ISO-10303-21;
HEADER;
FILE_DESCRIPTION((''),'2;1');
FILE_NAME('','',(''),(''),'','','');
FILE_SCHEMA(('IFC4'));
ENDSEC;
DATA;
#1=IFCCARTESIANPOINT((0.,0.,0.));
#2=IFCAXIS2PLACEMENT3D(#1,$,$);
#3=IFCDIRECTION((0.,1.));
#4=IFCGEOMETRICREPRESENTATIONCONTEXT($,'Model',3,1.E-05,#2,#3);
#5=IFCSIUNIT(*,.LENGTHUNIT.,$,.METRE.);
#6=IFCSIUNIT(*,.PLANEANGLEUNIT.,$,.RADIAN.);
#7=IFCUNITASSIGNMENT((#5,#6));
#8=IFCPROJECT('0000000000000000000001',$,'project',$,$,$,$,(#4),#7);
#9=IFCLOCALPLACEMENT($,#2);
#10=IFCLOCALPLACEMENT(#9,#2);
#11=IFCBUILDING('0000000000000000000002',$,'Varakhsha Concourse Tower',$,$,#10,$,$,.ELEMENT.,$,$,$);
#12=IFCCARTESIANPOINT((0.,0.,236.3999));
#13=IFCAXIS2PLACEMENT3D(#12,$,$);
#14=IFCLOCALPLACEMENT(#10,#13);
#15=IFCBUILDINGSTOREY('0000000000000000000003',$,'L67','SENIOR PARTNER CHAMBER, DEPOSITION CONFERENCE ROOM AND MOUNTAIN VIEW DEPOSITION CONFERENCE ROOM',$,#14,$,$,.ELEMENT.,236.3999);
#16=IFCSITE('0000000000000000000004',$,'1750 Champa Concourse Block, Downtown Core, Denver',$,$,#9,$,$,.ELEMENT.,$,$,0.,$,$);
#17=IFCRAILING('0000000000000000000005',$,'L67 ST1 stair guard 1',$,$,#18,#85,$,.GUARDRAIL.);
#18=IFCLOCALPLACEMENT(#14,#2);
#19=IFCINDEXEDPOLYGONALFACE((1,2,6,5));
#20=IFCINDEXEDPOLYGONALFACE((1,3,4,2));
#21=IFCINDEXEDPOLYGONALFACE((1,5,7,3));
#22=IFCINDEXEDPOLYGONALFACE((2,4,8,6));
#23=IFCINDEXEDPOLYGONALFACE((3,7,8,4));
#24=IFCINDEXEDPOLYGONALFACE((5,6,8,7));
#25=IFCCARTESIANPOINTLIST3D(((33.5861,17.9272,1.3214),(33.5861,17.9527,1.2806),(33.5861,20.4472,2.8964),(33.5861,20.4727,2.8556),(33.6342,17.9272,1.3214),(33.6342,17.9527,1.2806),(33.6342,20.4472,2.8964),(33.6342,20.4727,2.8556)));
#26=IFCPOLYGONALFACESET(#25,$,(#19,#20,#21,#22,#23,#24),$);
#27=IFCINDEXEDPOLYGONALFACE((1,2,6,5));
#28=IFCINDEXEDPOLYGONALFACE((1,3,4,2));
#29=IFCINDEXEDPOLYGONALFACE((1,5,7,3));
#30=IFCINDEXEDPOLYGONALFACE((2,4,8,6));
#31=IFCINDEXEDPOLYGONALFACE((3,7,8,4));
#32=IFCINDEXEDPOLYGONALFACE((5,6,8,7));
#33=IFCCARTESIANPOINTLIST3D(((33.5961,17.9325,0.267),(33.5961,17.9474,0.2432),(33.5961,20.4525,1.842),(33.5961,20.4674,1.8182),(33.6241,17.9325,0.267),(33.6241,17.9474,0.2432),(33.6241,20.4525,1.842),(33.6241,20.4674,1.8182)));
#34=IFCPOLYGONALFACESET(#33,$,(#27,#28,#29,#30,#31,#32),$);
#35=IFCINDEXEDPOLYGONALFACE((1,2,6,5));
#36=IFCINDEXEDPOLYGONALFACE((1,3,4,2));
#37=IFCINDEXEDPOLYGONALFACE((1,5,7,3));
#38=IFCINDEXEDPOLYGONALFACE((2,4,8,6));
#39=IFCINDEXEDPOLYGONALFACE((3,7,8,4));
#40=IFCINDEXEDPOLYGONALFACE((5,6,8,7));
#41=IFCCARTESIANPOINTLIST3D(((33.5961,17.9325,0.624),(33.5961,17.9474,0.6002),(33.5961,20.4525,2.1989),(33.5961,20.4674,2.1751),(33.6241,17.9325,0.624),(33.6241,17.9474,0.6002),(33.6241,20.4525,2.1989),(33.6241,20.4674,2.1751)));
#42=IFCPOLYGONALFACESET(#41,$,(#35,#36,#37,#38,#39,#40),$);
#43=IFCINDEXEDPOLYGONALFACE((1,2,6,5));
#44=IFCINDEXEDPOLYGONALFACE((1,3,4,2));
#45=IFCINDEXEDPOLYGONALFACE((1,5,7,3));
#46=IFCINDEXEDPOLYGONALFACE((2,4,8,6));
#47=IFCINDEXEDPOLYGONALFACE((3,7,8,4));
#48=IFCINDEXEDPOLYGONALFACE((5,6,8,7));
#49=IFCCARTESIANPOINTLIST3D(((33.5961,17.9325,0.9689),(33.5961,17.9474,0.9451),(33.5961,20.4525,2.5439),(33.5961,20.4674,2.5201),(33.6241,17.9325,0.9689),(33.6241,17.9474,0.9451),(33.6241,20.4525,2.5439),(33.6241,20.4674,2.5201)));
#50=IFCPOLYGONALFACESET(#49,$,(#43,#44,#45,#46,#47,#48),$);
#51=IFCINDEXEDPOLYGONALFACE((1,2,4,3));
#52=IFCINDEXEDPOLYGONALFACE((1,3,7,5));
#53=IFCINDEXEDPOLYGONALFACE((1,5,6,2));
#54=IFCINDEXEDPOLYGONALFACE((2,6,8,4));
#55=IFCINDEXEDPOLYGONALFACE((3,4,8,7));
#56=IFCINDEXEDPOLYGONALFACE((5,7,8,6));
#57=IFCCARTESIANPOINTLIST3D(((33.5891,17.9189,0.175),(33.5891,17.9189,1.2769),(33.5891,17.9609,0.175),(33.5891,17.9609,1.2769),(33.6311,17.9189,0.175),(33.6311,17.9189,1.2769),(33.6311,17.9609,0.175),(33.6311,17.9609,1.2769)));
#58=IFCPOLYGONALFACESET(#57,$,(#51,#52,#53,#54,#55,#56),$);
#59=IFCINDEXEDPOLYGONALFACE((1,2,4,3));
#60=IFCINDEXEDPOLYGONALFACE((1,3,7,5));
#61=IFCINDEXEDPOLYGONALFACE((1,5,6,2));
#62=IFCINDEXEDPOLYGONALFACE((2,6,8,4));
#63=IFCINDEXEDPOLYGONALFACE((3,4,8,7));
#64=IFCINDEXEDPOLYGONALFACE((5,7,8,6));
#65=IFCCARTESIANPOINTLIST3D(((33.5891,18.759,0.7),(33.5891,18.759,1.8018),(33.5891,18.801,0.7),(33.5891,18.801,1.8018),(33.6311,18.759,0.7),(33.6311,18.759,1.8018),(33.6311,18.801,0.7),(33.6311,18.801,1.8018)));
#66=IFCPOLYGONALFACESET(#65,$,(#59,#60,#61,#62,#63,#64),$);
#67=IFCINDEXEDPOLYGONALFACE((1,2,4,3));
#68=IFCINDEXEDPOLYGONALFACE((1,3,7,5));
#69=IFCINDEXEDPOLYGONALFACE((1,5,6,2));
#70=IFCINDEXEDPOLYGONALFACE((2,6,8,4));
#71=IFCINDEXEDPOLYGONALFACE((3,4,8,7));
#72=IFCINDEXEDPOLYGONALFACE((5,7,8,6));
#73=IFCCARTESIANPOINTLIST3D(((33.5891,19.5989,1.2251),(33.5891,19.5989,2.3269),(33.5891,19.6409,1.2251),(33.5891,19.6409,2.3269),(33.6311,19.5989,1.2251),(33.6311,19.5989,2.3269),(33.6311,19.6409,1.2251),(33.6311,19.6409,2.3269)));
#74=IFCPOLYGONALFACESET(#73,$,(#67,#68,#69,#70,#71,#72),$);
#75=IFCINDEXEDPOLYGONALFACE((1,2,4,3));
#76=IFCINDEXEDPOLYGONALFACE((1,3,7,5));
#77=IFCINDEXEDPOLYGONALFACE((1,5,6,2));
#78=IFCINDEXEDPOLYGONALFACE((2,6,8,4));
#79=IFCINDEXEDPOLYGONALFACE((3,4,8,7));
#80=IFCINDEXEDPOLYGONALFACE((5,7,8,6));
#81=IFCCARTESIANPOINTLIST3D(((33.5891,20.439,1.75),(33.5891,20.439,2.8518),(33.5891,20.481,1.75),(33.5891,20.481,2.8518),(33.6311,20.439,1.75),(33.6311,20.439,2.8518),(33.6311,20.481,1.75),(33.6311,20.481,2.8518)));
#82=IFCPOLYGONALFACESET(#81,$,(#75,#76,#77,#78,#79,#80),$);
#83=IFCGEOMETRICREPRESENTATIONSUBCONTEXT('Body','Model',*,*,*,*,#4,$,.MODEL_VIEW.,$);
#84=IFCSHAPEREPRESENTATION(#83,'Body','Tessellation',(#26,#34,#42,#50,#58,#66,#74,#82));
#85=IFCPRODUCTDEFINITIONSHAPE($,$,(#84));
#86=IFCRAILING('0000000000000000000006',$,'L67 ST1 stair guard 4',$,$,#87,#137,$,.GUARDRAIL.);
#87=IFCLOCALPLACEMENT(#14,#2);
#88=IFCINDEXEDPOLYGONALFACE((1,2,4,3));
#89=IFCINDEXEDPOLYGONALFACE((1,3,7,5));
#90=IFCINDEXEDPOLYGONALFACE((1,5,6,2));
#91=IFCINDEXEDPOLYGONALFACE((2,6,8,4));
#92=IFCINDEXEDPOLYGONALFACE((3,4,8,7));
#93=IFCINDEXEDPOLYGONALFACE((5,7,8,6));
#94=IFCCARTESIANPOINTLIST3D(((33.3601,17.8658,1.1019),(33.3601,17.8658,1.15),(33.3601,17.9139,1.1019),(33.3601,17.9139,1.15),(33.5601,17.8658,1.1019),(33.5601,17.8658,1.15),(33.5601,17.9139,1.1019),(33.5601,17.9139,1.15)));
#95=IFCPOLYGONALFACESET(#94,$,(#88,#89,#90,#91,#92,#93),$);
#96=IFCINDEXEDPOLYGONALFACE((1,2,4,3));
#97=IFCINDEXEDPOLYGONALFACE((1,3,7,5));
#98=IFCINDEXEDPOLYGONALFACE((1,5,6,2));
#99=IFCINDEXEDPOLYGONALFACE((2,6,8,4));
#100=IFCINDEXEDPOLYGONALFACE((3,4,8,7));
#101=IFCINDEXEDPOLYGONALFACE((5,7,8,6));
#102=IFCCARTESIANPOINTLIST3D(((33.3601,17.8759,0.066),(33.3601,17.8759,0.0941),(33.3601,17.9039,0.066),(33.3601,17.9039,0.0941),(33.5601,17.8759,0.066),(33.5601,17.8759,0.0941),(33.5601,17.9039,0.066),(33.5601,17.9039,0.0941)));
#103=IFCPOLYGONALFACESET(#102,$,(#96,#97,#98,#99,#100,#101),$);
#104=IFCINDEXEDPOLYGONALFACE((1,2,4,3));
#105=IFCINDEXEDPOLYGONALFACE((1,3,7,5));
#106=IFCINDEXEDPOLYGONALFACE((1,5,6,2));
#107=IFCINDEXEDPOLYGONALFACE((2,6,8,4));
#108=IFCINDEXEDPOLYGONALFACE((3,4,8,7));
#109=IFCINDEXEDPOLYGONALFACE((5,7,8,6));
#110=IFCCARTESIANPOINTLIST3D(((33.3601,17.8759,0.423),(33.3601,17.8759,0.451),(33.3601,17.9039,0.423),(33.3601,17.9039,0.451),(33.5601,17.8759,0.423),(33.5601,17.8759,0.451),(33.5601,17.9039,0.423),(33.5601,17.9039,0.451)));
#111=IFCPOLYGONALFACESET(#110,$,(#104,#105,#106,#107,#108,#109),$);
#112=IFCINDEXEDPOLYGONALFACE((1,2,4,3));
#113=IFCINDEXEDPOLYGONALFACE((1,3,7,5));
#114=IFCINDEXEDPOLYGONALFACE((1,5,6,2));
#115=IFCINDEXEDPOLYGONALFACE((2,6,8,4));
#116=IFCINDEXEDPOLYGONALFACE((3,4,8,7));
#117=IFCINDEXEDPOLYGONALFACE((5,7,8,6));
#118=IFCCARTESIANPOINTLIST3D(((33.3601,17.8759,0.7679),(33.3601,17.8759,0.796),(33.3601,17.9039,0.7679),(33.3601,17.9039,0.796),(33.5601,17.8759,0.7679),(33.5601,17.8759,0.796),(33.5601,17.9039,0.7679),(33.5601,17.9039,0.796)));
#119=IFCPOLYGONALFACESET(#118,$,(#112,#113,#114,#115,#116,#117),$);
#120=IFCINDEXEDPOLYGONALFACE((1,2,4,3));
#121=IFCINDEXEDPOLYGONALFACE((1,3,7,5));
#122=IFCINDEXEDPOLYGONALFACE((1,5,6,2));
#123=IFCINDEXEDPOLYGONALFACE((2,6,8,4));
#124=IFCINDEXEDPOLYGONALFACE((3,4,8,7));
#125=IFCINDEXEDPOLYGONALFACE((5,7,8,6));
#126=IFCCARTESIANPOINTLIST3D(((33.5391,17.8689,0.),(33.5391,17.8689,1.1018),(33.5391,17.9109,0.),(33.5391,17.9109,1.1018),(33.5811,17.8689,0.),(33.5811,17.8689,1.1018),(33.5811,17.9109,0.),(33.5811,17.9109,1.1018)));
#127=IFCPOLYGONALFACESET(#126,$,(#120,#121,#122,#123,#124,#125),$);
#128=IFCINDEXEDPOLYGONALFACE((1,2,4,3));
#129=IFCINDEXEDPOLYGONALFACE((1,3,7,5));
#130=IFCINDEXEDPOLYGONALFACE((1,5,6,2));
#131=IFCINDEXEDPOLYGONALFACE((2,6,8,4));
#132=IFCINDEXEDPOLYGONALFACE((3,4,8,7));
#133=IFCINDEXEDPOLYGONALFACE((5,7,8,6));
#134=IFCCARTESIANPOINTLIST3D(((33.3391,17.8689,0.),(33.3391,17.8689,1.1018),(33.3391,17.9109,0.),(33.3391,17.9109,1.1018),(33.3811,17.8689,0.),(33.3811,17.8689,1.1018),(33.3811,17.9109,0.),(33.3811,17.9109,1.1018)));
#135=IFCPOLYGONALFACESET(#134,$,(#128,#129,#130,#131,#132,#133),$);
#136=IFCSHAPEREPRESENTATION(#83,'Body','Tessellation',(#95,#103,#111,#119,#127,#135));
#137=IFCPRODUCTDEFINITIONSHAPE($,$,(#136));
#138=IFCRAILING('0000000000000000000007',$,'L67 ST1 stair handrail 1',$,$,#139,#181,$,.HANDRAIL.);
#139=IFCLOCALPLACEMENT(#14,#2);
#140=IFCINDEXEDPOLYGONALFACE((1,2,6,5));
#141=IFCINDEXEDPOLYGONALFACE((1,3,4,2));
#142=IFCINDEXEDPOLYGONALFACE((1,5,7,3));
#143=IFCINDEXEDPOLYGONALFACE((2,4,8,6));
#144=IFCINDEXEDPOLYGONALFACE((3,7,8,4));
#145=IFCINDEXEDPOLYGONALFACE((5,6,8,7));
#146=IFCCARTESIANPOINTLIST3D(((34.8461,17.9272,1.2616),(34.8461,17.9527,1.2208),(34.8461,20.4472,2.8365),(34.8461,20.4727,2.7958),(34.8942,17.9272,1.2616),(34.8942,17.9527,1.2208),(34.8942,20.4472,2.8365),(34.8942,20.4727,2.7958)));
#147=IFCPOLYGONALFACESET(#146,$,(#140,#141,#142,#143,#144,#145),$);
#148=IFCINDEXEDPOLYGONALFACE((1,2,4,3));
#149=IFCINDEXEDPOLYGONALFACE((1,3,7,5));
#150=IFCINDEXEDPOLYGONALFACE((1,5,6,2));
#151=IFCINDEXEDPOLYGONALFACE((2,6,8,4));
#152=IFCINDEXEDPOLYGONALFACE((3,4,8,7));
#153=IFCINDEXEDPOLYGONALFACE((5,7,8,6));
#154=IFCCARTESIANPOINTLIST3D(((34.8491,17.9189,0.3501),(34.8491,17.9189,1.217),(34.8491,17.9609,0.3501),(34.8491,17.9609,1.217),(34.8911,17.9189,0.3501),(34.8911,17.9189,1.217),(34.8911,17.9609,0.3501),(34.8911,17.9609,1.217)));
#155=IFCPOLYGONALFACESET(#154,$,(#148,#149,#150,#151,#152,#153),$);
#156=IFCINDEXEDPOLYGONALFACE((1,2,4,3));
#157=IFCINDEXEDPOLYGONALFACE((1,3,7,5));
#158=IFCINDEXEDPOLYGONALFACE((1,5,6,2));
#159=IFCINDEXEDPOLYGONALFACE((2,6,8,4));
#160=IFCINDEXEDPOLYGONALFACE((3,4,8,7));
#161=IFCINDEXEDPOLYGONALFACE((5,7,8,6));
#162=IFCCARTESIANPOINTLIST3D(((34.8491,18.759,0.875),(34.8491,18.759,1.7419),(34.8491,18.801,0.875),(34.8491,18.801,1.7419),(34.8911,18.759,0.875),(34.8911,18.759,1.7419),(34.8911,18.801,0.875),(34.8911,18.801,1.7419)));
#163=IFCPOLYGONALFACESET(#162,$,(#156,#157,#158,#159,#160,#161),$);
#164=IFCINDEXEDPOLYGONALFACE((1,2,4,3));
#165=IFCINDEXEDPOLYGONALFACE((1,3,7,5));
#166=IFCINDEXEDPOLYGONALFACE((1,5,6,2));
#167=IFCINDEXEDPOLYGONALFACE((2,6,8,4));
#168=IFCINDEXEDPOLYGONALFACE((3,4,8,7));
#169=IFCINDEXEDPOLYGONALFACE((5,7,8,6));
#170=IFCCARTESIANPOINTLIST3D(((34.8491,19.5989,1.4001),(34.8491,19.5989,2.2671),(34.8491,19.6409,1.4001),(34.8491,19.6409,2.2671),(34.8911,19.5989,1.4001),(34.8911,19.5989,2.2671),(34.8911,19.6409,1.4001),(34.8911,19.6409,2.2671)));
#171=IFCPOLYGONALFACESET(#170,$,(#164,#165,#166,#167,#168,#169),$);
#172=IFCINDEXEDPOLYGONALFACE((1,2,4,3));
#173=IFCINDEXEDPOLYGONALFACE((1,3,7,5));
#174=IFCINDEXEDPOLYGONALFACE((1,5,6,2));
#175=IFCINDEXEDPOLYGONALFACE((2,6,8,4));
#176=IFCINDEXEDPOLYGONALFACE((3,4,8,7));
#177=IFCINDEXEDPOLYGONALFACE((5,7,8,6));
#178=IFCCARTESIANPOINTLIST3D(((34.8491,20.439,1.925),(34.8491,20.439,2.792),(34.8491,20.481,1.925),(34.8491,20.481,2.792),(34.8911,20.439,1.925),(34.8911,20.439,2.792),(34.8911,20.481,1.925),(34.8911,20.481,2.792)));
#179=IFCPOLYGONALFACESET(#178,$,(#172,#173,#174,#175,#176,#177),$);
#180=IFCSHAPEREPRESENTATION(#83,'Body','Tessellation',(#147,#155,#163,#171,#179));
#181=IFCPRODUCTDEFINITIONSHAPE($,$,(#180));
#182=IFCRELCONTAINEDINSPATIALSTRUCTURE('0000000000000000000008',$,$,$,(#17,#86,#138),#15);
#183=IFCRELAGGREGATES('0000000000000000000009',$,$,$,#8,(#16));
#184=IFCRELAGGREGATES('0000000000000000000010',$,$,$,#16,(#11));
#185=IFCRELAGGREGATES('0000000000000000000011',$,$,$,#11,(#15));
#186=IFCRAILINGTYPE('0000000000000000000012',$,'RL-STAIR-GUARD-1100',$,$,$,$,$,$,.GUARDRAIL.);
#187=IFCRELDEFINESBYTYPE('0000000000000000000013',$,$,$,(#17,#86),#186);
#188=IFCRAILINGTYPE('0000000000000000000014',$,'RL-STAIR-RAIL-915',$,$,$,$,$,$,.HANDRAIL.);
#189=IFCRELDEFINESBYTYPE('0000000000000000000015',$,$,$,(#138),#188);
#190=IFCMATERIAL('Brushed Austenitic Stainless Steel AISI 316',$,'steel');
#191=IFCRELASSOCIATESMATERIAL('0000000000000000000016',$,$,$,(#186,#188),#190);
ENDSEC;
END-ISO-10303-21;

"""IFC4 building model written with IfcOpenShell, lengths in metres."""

from ifc_helpers import new_model, si_unit, direction, frame, origin, origin_2d, place, context, subcontext, project, spatial, rectangle, extrude, material, type_object, element, save


model = new_model("IFC4")

# Units and contexts
model_context = context("Model", 3, precision=1e-05, world=origin(), true_north=direction((0.0, 1.0)))
body_context = subcontext(model_context, "Body", "Model", "MODEL_VIEW")
ifc_project = project(units=[si_unit("LENGTHUNIT", "METRE"), si_unit("PLANEANGLEUNIT", "RADIAN")], contexts=[model_context])

# Site, building, storey
site_placement = place(None, origin())
site = spatial("IfcSite", under=ifc_project, at=site_placement, Name="1750 Champa Concourse Block, Downtown Core, Denver", CompositionType="ELEMENT", RefElevation=0.0)
building_placement = place(site_placement, origin())
building = spatial("IfcBuilding", under=site, at=building_placement, Name="Varakhsha Concourse Tower", CompositionType="ELEMENT")
storey_placement = place(building_placement, frame((0.0, 0.0, 236.3999)))
storey = spatial("IfcBuildingStorey", under=building, at=storey_placement, Name="L67", Description="SENIOR PARTNER CHAMBER, DEPOSITION CONFERENCE ROOM AND MOUNTAIN VIEW DEPOSITION CONFERENCE ROOM", CompositionType="ELEMENT", Elevation=236.3999)

# Railings
ifc_material_1 = material(Name="Brushed Austenitic Stainless Steel AISI 316", Category="steel")
railing_type_1 = type_object("IfcRailingType", Name="RL-STAIR-GUARD-1100", PredefinedType="GUARDRAIL", material=ifc_material_1)
railing_1_placement = place(storey_placement, frame((33.6101, 17.9399, 0.175)))
element("IfcRailing", 1, at=railing_1_placement, inside=storey, type_object=railing_type_1, Name="L67 ST1 stair guard 1", PredefinedType="GUARDRAIL", context=body_context, shape_type="SweptSolid", body=[
    extrude(rectangle(XDim=0.0481, YDim=0.0481, at=origin_2d()), frame((0.0, 0.0, 1.126), z_axis=(0.0, 0.848008, 0.529984), x_axis=(-1.0, 0.0, 0.0)), (0.0, 0.0, 1.0), 2.9717),
    extrude(rectangle(XDim=0.0281, YDim=0.0281, at=origin_2d()), frame((0.0, 0.0, 0.0801), z_axis=(0.0, 0.848008, 0.529984), x_axis=(-1.0, 0.0, 0.0)), (0.0, 0.0, 1.0), 2.9717),
    extrude(rectangle(XDim=0.0281, YDim=0.0281, at=origin_2d()), frame((0.0, 0.0, 0.437), z_axis=(0.0, 0.848008, 0.529984), x_axis=(-1.0, 0.0, 0.0)), (0.0, 0.0, 1.0), 2.9717),
    extrude(rectangle(XDim=0.0281, YDim=0.0281, at=origin_2d()), frame((0.0, 0.0, 0.782), z_axis=(0.0, 0.848008, 0.529984), x_axis=(-1.0, 0.0, 0.0)), (0.0, 0.0, 1.0), 2.9717),
    extrude(rectangle(XDim=0.042, YDim=0.042, at=origin_2d()), origin(), (0.0, 0.0, 1.0), 1.1018),
    extrude(rectangle(XDim=0.042, YDim=0.042, at=origin_2d()), frame((0.0, 0.8401, 0.5249)), (0.0, 0.0, 1.0), 1.1018),
    extrude(rectangle(XDim=0.042, YDim=0.042, at=origin_2d()), frame((0.0, 1.6799, 1.05)), (0.0, 0.0, 1.0), 1.1018),
    extrude(rectangle(XDim=0.042, YDim=0.042, at=origin_2d()), frame((0.0, 2.52, 1.575)), (0.0, 0.0, 1.0), 1.1018),
])
railing_2_placement = place(storey_placement, frame((33.5601, 17.8899, 0.0)))
element("IfcRailing", 2, at=railing_2_placement, inside=storey, type_object=railing_type_1, Name="L67 ST1 stair guard 4", PredefinedType="GUARDRAIL", context=body_context, shape_type="SweptSolid", body=[
    extrude(rectangle(XDim=0.0481, YDim=0.0481, at=origin_2d()), frame((0.0, 0.0, 1.126), z_axis=(-1.0, 0.0, 0.0), x_axis=(0.0, -1.0, 0.0)), (0.0, 0.0, 1.0), 0.2),
    extrude(rectangle(XDim=0.0281, YDim=0.0281, at=origin_2d()), frame((0.0, 0.0, 0.0801), z_axis=(-1.0, 0.0, 0.0), x_axis=(0.0, -1.0, 0.0)), (0.0, 0.0, 1.0), 0.2),
    extrude(rectangle(XDim=0.0281, YDim=0.0281, at=origin_2d()), frame((0.0, 0.0, 0.437), z_axis=(-1.0, 0.0, 0.0), x_axis=(0.0, -1.0, 0.0)), (0.0, 0.0, 1.0), 0.2),
    extrude(rectangle(XDim=0.0281, YDim=0.0281, at=origin_2d()), frame((0.0, 0.0, 0.782), z_axis=(-1.0, 0.0, 0.0), x_axis=(0.0, -1.0, 0.0)), (0.0, 0.0, 1.0), 0.2),
    extrude(rectangle(XDim=0.042, YDim=0.042, at=origin_2d()), origin(), (0.0, 0.0, 1.0), 1.1018),
    extrude(rectangle(XDim=0.042, YDim=0.042, at=origin_2d()), frame((-0.2, 0.0, 0.0)), (0.0, 0.0, 1.0), 1.1018),
])
railing_type_2 = type_object("IfcRailingType", Name="RL-STAIR-RAIL-915", PredefinedType="HANDRAIL", material=ifc_material_1)
railing_3_placement = place(storey_placement, frame((34.8701, 17.9399, 0.3501)))
element("IfcRailing", 3, at=railing_3_placement, inside=storey, type_object=railing_type_2, Name="L67 ST1 stair handrail 1", PredefinedType="HANDRAIL", context=body_context, shape_type="SweptSolid", body=[
    extrude(rectangle(XDim=0.0481, YDim=0.0481, at=origin_2d()), frame((0.0, 0.0, 0.8911), z_axis=(0.0, 0.848008, 0.529984), x_axis=(-1.0, 0.0, 0.0)), (0.0, 0.0, 1.0), 2.9717),
    extrude(rectangle(XDim=0.042, YDim=0.042, at=origin_2d()), origin(), (0.0, 0.0, 1.0), 0.8669),
    extrude(rectangle(XDim=0.042, YDim=0.042, at=origin_2d()), frame((0.0, 0.8401, 0.5249)), (0.0, 0.0, 1.0), 0.8669),
    extrude(rectangle(XDim=0.042, YDim=0.042, at=origin_2d()), frame((0.0, 1.6799, 1.05)), (0.0, 0.0, 1.0), 0.8669),
    extrude(rectangle(XDim=0.042, YDim=0.042, at=origin_2d()), frame((0.0, 2.52, 1.575)), (0.0, 0.0, 1.0), 0.8669),
])

save(model, "model.ifc")
